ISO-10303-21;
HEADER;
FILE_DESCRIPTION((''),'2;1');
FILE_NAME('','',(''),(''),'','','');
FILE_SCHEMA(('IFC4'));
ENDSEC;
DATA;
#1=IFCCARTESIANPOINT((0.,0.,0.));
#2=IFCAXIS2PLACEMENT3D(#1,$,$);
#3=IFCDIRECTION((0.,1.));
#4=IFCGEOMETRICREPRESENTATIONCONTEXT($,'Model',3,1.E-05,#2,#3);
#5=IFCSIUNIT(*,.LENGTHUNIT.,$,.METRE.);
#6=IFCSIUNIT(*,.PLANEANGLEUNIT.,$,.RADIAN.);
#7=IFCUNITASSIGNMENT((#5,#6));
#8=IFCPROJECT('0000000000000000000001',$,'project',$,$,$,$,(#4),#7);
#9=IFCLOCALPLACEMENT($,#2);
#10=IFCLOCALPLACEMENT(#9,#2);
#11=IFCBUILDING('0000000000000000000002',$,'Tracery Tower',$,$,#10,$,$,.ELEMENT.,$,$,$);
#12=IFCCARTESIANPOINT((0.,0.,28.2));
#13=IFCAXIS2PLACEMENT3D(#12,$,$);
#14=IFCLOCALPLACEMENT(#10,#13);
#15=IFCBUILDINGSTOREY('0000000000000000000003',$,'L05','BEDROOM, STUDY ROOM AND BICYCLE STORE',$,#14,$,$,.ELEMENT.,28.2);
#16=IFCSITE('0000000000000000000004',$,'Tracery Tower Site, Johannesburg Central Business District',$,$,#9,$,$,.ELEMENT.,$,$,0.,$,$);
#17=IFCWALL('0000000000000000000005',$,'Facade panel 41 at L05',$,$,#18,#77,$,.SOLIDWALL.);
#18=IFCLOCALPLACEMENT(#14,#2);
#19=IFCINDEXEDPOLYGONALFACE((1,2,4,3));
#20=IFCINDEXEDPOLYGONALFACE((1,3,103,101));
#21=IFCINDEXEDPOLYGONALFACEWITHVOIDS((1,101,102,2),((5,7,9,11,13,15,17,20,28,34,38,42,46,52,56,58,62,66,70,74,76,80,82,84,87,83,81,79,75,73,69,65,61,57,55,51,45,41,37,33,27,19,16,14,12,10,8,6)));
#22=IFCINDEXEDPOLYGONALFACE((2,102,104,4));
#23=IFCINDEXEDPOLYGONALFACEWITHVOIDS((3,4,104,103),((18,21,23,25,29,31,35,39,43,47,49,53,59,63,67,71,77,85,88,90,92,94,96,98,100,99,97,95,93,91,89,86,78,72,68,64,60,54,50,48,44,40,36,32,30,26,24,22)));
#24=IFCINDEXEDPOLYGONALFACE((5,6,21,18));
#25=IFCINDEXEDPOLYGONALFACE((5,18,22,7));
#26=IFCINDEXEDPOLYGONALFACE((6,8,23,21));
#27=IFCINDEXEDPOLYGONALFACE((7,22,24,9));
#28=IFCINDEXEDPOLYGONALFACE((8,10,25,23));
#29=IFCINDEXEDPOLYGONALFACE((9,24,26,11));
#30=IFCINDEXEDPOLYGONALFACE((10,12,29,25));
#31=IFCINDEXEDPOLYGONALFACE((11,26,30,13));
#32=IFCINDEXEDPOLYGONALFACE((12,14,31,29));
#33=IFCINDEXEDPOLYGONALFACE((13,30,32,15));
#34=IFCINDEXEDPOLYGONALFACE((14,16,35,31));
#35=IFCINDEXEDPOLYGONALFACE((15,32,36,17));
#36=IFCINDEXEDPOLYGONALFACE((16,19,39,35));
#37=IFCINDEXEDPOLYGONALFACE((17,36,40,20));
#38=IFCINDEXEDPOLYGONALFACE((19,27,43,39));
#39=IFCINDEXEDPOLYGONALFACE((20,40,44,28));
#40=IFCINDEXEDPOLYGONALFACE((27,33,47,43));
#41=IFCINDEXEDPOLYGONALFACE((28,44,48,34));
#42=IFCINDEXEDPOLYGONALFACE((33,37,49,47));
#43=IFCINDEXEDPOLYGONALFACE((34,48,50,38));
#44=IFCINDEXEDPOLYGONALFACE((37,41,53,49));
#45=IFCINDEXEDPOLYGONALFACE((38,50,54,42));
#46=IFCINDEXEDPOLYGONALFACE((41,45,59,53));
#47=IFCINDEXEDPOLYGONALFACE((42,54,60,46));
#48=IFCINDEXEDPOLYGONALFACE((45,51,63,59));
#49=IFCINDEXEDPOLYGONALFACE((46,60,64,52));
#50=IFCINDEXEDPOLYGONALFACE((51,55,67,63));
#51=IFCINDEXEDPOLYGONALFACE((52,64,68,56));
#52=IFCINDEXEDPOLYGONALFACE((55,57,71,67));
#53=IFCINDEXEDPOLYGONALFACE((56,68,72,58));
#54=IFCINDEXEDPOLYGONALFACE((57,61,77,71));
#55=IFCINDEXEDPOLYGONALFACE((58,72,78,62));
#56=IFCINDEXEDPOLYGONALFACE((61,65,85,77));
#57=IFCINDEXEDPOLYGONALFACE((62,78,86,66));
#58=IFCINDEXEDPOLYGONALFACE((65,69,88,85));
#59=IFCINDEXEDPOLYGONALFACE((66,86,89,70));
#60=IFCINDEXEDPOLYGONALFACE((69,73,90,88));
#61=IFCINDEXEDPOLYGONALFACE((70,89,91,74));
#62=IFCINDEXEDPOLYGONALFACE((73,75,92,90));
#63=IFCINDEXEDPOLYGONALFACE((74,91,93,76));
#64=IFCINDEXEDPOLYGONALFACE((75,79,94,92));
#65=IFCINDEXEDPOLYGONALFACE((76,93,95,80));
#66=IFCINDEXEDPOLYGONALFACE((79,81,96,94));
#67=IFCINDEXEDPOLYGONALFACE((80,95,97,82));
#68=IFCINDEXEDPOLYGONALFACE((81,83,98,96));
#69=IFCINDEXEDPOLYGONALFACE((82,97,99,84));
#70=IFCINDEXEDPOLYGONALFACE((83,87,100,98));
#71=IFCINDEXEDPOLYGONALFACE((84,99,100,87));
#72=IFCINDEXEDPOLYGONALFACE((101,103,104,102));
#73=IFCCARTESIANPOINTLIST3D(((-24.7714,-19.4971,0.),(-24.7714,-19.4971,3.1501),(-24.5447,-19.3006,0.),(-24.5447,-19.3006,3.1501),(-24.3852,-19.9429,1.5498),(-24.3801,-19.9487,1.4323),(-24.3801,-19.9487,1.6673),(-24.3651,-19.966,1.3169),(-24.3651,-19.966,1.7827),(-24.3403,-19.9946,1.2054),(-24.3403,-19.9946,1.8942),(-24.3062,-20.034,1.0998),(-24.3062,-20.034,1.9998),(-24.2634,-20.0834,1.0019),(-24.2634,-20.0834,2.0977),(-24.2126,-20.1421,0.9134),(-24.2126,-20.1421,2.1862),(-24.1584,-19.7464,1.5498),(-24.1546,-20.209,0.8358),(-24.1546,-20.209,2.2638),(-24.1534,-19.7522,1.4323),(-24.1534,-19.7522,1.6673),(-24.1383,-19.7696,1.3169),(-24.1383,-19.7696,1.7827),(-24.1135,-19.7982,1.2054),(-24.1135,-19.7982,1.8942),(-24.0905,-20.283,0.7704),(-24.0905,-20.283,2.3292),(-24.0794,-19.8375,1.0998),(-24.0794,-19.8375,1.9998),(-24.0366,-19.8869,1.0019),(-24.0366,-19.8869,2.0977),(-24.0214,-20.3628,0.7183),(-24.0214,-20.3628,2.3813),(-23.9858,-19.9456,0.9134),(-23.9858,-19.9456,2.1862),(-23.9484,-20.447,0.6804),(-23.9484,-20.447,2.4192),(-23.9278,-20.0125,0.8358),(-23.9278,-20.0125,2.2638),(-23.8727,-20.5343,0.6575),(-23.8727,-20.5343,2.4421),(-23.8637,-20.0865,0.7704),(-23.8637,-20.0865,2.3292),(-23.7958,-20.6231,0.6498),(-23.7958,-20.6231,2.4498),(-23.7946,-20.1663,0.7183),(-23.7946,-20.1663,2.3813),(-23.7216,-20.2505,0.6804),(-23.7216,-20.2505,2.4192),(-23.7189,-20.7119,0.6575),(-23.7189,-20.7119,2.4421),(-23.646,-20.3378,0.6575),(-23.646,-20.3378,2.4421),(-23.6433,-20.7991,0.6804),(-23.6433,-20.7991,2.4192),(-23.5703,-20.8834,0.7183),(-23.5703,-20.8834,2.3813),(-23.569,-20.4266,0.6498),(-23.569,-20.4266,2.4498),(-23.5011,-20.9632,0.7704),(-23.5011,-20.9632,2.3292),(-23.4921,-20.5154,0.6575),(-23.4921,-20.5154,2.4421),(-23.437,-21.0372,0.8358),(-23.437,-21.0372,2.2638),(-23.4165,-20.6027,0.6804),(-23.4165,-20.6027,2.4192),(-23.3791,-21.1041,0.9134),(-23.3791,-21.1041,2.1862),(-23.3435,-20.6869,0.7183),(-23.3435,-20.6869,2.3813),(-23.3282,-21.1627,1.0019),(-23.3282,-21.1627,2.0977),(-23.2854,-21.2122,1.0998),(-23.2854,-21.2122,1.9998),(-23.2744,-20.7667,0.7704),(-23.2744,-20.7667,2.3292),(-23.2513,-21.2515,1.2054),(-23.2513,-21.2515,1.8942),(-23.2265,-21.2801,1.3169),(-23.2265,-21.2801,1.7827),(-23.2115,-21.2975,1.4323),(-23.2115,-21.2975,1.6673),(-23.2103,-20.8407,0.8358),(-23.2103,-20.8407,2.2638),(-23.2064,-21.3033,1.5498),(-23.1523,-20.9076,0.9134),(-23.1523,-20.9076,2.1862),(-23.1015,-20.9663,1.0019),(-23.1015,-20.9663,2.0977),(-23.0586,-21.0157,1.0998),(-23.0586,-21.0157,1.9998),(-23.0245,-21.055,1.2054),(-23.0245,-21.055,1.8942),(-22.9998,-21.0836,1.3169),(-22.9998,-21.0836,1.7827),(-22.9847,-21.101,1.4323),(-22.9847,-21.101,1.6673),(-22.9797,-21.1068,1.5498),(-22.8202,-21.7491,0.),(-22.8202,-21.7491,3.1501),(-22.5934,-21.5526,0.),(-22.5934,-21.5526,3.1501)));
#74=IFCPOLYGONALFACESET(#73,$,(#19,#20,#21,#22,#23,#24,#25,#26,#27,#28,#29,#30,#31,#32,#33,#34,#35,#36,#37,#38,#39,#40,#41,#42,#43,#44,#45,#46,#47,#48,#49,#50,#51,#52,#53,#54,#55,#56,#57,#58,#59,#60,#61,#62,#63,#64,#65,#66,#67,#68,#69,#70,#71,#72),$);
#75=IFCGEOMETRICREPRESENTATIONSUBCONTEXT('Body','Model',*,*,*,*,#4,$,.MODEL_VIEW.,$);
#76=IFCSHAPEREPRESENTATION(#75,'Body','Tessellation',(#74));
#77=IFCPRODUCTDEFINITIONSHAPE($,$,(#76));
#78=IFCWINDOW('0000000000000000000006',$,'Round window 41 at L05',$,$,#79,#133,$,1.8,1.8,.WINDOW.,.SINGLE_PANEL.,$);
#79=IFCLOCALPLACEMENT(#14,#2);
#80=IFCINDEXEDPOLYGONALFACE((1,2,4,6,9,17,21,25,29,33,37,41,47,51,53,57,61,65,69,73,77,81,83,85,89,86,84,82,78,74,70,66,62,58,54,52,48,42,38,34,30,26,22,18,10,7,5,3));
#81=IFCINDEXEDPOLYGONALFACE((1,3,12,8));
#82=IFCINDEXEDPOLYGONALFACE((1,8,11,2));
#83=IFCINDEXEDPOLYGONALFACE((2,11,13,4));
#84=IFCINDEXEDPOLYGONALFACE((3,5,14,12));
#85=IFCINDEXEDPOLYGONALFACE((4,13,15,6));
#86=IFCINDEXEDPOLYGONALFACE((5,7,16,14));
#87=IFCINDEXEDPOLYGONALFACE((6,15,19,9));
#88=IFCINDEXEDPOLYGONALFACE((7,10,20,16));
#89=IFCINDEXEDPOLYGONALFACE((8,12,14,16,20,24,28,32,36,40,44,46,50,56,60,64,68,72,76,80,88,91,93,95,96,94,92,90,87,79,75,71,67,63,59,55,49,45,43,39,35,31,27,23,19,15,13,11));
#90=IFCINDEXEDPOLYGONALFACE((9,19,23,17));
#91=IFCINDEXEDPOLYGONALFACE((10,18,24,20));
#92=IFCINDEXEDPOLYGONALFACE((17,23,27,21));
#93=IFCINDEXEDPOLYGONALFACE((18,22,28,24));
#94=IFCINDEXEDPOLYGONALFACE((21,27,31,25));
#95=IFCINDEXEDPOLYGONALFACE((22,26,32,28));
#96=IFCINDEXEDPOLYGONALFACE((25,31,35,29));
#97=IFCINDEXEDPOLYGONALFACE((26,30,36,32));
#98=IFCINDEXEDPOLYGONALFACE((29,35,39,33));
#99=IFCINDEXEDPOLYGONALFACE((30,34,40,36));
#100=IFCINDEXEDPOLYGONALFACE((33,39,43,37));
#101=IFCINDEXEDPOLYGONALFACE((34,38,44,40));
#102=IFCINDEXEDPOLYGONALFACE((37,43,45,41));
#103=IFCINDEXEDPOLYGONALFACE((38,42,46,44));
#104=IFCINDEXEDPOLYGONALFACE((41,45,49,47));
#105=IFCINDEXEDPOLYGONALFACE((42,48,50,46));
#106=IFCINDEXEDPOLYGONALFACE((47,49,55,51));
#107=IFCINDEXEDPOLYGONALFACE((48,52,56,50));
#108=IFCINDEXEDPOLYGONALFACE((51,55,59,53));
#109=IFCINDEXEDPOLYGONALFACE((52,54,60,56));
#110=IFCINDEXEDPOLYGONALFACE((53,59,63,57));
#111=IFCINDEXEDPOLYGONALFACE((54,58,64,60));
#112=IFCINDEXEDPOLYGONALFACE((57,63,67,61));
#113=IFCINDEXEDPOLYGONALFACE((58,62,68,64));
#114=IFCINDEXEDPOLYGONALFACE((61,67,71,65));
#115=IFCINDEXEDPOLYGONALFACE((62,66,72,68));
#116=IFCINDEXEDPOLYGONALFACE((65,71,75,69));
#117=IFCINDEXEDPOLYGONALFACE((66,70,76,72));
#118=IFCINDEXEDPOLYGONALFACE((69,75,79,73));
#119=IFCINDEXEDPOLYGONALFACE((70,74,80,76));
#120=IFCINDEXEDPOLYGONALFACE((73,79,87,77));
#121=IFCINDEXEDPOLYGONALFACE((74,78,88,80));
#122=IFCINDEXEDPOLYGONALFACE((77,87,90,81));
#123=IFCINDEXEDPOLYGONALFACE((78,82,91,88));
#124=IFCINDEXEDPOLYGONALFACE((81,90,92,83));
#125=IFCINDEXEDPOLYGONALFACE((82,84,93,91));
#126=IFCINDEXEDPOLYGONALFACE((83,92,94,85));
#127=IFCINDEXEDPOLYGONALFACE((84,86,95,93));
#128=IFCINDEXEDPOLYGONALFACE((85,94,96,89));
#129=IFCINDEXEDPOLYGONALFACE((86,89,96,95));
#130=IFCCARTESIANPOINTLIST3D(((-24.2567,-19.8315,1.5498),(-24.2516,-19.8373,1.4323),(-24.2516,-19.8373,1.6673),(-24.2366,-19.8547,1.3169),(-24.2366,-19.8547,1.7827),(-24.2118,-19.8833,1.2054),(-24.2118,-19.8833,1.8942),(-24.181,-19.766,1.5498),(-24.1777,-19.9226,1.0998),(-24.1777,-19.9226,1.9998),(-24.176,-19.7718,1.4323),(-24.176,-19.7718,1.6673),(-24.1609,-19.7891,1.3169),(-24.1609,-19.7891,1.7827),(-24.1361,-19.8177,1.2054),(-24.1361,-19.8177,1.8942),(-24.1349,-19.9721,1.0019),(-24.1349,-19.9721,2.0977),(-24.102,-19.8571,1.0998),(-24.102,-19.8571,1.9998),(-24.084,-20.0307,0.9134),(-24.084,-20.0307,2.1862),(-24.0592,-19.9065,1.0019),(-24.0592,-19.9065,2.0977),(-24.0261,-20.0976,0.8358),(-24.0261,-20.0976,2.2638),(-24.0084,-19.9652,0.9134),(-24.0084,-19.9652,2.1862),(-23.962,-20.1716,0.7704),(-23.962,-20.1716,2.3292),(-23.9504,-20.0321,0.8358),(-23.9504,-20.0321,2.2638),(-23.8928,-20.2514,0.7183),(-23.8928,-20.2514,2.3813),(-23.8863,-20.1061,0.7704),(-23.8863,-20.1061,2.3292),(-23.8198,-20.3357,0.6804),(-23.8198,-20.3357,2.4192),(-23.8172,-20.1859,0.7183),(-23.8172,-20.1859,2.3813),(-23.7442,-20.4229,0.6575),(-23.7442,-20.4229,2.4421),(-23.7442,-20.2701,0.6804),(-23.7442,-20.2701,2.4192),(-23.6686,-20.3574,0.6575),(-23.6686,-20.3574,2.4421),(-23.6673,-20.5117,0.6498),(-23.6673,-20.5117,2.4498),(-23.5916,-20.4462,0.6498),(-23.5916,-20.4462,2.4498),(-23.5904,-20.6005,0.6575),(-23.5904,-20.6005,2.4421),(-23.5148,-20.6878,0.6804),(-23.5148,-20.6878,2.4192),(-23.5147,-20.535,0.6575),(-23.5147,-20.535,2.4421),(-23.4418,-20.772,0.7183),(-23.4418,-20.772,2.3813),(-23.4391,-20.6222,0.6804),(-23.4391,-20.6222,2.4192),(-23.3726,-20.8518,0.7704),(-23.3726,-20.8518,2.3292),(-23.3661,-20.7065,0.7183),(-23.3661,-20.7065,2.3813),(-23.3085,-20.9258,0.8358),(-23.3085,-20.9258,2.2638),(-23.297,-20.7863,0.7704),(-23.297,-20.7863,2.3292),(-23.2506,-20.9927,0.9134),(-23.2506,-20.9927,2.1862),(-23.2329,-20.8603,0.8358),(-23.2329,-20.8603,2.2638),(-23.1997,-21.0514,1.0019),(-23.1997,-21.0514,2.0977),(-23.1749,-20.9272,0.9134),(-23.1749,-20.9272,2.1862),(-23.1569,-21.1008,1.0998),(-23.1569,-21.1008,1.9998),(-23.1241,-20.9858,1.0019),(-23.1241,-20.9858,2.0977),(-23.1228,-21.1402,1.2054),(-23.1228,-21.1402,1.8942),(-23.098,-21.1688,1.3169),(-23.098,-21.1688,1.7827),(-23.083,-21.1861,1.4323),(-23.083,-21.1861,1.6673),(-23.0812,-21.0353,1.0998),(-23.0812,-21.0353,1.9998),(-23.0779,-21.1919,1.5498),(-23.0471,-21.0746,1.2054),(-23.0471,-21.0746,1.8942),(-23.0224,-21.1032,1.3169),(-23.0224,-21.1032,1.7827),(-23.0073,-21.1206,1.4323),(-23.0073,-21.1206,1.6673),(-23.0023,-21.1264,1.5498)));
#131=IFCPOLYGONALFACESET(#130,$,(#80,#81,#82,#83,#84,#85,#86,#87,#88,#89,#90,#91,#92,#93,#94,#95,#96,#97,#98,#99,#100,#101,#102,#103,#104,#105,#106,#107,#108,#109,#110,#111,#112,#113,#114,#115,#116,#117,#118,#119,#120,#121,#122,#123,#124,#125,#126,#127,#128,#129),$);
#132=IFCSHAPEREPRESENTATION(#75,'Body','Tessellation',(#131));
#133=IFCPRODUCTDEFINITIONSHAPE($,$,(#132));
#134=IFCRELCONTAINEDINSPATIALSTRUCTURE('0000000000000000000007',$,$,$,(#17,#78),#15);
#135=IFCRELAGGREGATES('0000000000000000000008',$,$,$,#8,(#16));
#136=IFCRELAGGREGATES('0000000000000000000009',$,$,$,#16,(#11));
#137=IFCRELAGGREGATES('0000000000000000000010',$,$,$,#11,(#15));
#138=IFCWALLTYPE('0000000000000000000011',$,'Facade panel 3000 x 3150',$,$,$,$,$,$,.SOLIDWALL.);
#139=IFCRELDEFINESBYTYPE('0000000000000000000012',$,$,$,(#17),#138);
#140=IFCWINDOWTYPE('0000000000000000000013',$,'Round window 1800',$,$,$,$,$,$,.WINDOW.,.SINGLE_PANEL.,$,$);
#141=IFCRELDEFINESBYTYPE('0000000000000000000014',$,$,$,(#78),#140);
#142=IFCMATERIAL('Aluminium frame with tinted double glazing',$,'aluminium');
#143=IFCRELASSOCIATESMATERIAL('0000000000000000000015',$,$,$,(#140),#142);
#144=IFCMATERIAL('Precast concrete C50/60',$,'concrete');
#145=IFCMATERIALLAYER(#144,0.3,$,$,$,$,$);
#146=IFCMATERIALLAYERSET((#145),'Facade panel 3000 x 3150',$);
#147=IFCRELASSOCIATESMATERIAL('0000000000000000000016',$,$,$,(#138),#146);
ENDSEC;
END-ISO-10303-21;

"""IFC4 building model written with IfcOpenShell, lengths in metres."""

from ifc_helpers import new_model, si_unit, direction, frame, frame_2d, origin, origin_2d, place, context, subcontext, project, spatial, rectangle, circle, extrude, material, layer, layer_set, type_object, element, fill, save


model = new_model("IFC4")

# Units and contexts
model_context = context("Model", 3, precision=1e-05, world=origin(), true_north=direction((0.0, 1.0)))
body_context = subcontext(model_context, "Body", "Model", "MODEL_VIEW")
ifc_project = project(units=[si_unit("LENGTHUNIT", "METRE"), si_unit("PLANEANGLEUNIT", "RADIAN")], contexts=[model_context])

# Site, building, storey
site_placement = place(None, origin())
site = spatial("IfcSite", under=ifc_project, at=site_placement, Name="Tracery Tower Site, Johannesburg Central Business District", CompositionType="ELEMENT", RefElevation=0.0)
building_placement = place(site_placement, origin())
building = spatial("IfcBuilding", under=site, at=building_placement, Name="Tracery Tower", CompositionType="ELEMENT")
storey_placement = place(building_placement, frame((0.0, 0.0, 28.2)))
storey = spatial("IfcBuildingStorey", under=building, at=storey_placement, Name="L05", Description="BEDROOM, STUDY ROOM AND BICYCLE STORE", CompositionType="ELEMENT", Elevation=28.2)

# Wall, opening, window
ifc_material_1 = material(Name="Aluminium frame with tinted double glazing", Category="aluminium")
window_type = type_object("IfcWindowType", Name="Round window 1800", PartitioningType="SINGLE_PANEL", PredefinedType="WINDOW", material=ifc_material_1)
ifc_material_2 = material(Name="Precast concrete C50/60", Category="concrete")
ifc_layer_1 = layer(ifc_material_2, 0.3)
ifc_layer_set_1 = layer_set([ifc_layer_1], Name="Facade panel 3000 x 3150")
wall_type_1 = type_object("IfcWallType", Name="Facade panel 3000 x 3150", PredefinedType="SOLIDWALL", material=ifc_layer_set_1)
wall_1_placement = place(storey_placement, frame((-24.658, -19.3989, 0.0), z_axis=(0.0, 0.0, 1.0), x_axis=(0.654831, -0.755776, 0.0)))
wall_1 = element("IfcWall", 1, at=wall_1_placement, inside=storey, type_object=wall_type_1, Name="Facade panel 41 at L05", PredefinedType="SOLIDWALL", context=body_context, shape_type="SweptSolid", body=[
    extrude(rectangle(XDim=2.9797, YDim=0.3, at=frame_2d((1.4897, 0.0))), origin(), (0.0, 0.0, 1.0), 3.1501),
])
opening_1_placement = place(wall_1_placement, frame((1.4897, 0.0, 1.5498)))
opening_1 = element("IfcOpeningElement", 2, at=opening_1_placement, cuts=wall_1, PredefinedType="OPENING", context=body_context, shape_type="SweptSolid", body=[
    extrude(circle(Radius=0.9, at=origin_2d()), frame((0.0, 0.1599, 0.0), z_axis=(0.0, -1.0, 0.0), x_axis=(1.0, 0.0, 0.0)), (0.0, 0.0, 1.0), 0.3201),
])
window_1_placement = place(opening_1_placement, origin())
window_1 = element("IfcWindow", 3, at=window_1_placement, inside=storey, type_object=window_type, Name="Round window 41 at L05", OverallHeight=1.8, OverallWidth=1.8, PartitioningType="SINGLE_PANEL", PredefinedType="WINDOW", context=body_context, shape_type="SweptSolid", body=[
    extrude(circle(Radius=0.9, at=origin_2d()), frame((0.0, 0.1201, 0.0), z_axis=(0.0, -1.0, 0.0), x_axis=(1.0, 0.0, 0.0)), (0.0, 0.0, 1.0), 0.1001),
])
fill(opening_1, window_1)

save(model, "model.ifc")
